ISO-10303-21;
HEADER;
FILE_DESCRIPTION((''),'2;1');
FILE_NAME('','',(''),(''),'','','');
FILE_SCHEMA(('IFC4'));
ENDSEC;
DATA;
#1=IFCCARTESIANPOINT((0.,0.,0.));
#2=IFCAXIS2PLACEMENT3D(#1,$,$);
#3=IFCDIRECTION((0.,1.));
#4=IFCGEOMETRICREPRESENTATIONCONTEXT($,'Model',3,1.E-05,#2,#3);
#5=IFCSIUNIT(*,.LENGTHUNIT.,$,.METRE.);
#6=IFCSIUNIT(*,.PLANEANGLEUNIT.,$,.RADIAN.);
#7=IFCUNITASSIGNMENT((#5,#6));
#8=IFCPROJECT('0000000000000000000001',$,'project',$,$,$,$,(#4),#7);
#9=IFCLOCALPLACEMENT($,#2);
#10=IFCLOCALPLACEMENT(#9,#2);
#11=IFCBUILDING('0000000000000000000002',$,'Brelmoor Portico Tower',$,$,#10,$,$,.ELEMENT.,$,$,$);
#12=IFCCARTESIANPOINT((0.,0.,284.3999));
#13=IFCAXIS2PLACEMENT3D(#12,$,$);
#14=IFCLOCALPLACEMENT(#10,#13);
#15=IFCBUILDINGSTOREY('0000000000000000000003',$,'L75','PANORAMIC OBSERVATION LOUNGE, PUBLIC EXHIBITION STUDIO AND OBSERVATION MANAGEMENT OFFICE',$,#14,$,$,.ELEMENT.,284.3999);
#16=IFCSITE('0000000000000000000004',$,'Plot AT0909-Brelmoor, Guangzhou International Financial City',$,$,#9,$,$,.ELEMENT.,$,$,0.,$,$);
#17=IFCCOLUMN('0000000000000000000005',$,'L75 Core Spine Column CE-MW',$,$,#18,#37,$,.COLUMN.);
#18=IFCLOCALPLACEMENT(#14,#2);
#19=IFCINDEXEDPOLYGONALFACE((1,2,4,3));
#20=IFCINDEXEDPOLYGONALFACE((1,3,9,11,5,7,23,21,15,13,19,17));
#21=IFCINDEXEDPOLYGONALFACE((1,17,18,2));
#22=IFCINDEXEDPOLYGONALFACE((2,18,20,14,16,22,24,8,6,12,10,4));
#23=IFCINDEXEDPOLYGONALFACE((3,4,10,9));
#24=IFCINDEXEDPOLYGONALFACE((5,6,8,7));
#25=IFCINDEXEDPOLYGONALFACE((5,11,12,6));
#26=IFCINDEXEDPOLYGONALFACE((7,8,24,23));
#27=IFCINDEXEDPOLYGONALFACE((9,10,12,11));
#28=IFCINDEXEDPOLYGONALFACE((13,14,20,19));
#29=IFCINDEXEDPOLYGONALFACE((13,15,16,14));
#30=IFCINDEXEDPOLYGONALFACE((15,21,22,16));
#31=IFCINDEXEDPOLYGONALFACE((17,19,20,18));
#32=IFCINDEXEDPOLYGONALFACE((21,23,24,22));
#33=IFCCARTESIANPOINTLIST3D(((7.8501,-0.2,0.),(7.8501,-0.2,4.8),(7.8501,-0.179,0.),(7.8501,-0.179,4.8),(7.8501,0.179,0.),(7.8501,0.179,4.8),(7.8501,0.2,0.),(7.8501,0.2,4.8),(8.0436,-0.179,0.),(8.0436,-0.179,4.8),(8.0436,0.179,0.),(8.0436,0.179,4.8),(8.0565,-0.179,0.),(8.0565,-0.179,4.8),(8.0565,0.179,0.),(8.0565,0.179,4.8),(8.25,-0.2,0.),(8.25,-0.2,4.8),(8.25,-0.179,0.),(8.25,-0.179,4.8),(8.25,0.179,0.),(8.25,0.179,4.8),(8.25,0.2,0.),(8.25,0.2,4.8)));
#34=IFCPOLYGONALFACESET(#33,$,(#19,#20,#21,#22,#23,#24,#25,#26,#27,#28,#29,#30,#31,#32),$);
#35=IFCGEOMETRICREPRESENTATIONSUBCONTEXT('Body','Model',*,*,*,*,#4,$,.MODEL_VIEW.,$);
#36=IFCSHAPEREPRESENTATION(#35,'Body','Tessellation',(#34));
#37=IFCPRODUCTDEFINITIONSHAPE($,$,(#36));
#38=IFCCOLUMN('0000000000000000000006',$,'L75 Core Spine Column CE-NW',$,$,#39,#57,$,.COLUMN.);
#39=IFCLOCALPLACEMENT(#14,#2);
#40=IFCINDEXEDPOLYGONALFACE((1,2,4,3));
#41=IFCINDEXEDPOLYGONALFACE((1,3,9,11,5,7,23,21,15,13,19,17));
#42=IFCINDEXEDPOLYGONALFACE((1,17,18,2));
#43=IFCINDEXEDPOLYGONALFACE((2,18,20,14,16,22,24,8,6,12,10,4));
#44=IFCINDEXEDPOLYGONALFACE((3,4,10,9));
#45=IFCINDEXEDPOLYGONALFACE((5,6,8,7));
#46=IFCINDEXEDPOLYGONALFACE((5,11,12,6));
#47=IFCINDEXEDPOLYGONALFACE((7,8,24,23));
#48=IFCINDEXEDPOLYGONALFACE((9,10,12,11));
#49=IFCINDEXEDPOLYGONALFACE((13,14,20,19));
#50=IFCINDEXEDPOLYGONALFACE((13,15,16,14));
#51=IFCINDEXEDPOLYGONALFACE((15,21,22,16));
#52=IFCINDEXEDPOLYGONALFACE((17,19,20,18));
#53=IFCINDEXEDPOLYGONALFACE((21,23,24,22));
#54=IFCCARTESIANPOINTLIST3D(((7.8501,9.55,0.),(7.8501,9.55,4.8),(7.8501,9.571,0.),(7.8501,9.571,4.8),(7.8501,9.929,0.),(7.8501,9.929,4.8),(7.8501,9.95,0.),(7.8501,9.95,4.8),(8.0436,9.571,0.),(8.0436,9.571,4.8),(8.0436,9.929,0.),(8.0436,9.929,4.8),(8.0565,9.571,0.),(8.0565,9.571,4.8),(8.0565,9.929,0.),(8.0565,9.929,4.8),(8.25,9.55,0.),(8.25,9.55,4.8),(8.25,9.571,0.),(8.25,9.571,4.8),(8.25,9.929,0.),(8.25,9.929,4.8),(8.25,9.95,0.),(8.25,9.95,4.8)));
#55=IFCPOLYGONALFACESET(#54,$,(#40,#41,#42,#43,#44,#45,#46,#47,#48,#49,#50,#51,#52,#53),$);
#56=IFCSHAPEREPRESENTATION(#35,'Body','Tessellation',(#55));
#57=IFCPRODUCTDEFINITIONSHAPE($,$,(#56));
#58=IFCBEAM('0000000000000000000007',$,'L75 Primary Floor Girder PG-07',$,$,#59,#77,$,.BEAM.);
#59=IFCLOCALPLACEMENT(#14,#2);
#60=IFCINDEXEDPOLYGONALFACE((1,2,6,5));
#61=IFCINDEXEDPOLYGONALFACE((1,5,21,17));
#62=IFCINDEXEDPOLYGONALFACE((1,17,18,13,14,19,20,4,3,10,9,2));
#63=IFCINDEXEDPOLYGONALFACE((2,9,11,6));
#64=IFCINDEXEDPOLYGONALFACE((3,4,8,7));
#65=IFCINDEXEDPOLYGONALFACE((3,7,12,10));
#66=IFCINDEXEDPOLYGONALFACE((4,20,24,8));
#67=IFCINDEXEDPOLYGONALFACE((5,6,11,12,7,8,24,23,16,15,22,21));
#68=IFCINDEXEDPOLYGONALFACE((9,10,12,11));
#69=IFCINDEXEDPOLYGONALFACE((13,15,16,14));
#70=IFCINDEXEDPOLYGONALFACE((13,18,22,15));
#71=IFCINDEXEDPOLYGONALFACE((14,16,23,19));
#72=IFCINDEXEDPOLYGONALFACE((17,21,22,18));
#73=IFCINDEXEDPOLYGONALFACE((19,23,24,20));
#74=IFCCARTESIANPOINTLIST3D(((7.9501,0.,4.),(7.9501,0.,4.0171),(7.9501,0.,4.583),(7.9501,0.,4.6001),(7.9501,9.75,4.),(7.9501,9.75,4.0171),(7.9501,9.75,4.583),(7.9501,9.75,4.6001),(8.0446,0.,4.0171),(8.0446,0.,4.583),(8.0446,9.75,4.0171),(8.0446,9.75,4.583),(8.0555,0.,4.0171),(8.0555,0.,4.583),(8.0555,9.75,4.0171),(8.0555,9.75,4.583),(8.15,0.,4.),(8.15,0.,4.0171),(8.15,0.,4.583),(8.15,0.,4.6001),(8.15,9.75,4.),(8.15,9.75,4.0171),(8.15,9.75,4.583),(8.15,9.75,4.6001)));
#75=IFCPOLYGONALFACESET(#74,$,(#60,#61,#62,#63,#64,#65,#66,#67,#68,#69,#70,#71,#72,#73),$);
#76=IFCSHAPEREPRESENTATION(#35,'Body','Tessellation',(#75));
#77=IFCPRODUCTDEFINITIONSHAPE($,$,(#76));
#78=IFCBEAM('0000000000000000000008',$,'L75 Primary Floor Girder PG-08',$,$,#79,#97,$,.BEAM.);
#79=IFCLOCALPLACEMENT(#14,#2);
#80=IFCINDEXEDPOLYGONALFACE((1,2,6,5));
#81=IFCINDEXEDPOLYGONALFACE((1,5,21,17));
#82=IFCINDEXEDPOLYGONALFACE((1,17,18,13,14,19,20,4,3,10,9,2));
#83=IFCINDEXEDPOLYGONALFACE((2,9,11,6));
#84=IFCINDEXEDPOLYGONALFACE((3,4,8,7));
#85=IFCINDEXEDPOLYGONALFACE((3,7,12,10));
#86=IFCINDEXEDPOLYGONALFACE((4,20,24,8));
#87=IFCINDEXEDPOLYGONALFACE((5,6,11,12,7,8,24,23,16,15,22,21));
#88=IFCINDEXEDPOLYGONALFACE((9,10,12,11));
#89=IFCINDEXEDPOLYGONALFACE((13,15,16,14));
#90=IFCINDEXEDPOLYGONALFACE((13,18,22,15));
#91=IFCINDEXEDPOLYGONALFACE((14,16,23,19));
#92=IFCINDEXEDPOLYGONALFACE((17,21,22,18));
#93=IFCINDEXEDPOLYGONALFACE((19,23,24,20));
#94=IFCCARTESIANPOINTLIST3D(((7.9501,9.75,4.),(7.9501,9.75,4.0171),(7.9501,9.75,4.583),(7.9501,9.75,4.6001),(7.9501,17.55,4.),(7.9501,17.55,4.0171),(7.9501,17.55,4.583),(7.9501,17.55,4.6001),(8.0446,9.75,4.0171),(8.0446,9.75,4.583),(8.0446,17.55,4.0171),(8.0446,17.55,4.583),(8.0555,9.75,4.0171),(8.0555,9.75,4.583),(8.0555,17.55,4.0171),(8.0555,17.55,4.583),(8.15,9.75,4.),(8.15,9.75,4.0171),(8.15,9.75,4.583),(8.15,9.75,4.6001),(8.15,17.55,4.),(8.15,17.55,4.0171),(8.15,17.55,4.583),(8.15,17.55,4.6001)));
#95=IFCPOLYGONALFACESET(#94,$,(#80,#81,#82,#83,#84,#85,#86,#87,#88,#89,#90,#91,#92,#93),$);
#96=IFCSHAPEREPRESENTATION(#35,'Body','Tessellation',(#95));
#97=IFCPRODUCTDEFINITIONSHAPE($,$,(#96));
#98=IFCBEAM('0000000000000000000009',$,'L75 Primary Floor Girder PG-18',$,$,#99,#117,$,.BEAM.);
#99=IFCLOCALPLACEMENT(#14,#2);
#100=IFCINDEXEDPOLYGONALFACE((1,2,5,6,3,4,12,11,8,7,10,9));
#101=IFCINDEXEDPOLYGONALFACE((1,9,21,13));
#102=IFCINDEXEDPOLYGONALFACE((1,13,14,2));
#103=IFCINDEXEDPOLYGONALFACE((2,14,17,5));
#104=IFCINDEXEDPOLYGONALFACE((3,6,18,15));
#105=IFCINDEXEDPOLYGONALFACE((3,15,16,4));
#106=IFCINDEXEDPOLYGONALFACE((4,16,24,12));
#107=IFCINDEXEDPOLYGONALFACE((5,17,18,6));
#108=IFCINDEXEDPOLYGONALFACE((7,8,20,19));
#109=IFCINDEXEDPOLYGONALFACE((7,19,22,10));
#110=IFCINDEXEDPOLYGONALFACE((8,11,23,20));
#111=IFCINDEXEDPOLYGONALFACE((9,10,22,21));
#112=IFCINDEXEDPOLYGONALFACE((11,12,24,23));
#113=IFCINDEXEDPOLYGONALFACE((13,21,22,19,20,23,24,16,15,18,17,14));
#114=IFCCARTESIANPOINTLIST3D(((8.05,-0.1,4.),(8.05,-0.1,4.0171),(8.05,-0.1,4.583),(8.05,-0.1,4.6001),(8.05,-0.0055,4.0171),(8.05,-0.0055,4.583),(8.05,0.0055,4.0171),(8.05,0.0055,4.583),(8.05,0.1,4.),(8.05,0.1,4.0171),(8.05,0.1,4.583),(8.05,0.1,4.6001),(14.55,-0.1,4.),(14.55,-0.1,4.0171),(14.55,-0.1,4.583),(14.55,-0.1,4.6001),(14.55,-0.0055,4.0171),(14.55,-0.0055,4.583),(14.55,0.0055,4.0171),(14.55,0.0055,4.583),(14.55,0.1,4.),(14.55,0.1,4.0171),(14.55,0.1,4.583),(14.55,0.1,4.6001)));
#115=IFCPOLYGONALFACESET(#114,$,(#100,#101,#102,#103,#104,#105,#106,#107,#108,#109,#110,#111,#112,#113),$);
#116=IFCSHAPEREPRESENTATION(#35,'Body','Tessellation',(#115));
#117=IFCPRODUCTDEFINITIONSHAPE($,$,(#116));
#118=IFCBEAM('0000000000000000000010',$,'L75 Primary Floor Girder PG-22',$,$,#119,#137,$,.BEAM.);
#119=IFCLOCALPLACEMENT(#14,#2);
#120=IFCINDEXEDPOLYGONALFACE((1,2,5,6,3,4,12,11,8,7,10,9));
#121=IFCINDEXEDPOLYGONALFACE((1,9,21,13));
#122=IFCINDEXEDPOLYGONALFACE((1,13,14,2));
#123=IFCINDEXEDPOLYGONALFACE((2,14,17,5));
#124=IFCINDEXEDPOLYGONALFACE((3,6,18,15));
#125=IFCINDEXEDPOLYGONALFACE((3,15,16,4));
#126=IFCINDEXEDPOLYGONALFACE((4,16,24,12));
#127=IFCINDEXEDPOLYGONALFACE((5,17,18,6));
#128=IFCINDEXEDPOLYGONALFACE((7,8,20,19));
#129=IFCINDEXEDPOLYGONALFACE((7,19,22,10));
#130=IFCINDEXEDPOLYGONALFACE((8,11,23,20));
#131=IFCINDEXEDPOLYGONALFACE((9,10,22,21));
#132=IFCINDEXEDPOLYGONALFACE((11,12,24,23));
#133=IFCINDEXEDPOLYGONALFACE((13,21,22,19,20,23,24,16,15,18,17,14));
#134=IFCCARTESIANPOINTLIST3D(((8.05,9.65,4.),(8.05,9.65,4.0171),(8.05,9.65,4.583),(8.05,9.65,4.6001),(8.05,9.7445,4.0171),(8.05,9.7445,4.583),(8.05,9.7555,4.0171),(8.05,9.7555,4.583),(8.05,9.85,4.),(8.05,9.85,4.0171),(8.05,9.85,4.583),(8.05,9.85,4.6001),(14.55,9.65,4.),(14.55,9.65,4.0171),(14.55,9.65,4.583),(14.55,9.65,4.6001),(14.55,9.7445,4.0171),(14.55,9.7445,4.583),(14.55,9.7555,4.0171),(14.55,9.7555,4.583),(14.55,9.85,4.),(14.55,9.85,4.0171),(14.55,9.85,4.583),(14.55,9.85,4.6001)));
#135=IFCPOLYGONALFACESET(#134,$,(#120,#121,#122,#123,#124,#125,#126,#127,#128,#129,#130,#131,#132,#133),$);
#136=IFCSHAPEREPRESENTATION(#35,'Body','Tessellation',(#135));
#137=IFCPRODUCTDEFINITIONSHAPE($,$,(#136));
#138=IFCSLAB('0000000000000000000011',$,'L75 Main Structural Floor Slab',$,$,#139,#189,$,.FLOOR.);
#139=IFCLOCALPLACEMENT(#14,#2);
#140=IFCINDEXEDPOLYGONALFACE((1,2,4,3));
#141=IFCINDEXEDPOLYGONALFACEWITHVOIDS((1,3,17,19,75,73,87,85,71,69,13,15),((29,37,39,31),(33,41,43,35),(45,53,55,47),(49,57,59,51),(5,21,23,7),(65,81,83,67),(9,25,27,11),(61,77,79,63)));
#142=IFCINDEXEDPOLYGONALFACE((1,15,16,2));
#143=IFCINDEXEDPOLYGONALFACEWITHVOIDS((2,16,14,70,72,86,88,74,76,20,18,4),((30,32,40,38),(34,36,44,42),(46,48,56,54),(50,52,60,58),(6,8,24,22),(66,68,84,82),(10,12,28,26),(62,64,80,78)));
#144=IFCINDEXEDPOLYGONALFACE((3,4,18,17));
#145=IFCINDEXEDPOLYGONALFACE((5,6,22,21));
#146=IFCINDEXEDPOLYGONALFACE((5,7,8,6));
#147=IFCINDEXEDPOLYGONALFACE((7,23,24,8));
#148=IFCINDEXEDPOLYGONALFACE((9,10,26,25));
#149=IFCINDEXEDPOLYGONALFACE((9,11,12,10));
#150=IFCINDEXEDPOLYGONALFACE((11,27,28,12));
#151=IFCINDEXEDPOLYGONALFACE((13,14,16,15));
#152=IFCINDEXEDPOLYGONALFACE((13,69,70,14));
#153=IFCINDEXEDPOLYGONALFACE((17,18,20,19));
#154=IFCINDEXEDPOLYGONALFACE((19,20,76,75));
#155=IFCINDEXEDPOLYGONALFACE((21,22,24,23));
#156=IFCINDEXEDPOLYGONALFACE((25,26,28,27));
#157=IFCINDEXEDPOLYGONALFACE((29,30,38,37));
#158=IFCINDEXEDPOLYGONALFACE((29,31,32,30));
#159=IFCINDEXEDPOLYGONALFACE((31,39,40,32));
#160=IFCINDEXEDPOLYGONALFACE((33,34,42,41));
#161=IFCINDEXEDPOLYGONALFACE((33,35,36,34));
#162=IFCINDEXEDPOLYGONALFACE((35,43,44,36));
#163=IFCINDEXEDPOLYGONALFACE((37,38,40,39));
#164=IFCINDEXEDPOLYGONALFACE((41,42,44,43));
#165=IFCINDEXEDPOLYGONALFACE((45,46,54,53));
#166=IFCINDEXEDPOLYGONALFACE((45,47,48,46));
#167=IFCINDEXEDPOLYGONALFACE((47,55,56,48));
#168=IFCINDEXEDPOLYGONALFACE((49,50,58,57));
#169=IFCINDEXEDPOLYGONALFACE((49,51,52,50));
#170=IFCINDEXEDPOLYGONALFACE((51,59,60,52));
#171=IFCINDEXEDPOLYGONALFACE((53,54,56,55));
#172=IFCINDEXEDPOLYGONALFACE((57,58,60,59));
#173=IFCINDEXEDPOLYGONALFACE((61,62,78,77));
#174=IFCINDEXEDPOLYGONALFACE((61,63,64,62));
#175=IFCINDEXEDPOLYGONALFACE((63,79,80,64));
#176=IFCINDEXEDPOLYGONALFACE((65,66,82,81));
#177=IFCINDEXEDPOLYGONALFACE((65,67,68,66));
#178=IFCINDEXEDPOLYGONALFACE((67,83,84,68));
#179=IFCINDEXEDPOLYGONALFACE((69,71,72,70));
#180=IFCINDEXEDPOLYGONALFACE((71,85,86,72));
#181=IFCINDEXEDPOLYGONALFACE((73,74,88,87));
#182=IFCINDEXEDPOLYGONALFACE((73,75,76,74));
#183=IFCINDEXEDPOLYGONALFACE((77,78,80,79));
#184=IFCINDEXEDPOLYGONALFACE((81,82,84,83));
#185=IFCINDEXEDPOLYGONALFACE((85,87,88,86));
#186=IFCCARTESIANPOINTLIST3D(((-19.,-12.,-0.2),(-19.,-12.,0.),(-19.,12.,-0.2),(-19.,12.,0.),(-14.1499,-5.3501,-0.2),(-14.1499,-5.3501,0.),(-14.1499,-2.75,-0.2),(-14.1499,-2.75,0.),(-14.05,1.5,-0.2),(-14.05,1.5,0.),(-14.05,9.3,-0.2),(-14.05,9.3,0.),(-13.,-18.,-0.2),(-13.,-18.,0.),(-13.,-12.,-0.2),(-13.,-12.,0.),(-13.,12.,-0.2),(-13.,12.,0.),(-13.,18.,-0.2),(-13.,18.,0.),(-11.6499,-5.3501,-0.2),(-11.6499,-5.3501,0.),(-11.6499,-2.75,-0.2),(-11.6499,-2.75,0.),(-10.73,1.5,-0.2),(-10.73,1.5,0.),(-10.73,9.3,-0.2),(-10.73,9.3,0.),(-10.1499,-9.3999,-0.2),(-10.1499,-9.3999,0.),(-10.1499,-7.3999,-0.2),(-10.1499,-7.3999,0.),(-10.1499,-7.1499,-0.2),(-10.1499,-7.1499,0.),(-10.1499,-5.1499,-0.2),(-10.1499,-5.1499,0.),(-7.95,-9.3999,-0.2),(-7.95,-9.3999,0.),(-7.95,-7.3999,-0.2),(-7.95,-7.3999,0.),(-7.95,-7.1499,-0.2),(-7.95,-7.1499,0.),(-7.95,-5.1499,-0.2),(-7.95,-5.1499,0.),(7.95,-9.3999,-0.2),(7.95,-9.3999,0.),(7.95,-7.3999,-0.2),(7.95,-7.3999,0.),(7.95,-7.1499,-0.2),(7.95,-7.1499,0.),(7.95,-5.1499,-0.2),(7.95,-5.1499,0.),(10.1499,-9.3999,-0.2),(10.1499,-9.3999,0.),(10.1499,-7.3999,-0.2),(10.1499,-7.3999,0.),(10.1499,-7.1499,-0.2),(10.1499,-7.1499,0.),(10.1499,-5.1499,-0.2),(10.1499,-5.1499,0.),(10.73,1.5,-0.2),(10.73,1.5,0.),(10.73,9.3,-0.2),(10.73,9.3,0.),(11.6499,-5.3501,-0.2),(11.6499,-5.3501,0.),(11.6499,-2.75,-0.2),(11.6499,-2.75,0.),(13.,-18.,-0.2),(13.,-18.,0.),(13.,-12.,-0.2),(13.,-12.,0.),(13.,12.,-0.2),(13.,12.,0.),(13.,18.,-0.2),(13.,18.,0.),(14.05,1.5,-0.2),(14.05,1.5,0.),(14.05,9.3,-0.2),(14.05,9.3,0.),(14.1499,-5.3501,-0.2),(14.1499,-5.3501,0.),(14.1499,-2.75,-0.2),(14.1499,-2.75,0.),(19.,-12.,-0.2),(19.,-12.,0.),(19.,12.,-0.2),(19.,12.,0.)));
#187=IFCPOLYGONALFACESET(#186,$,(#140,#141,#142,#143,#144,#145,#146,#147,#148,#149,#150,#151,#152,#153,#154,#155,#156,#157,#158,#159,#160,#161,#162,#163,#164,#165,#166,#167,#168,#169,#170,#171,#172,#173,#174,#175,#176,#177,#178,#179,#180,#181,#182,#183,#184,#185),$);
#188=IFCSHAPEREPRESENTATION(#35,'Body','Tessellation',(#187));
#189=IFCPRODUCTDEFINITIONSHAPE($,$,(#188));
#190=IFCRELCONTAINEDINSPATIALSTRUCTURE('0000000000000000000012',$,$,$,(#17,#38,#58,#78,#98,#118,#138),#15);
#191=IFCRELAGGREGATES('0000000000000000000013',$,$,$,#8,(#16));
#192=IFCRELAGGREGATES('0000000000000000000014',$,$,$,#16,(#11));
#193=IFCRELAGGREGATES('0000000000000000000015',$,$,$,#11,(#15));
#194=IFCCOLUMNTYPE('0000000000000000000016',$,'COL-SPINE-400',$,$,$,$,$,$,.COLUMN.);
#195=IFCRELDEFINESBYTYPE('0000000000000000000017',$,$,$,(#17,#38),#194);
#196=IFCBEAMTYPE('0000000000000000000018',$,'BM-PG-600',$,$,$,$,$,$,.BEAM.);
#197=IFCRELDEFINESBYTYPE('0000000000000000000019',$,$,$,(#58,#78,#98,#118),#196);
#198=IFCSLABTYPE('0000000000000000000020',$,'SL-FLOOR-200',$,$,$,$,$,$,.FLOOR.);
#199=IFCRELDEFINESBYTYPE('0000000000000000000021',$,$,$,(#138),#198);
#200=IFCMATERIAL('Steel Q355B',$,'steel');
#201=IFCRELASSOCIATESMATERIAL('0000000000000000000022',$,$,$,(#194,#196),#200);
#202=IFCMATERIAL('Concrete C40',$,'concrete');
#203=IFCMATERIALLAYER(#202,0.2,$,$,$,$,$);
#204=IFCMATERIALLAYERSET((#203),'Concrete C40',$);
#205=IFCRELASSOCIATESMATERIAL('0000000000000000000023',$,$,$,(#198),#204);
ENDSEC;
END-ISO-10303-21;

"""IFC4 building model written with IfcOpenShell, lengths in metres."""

from ifc_helpers import new_model, si_unit, direction, frame, origin, origin_2d, place, context, subcontext, project, spatial, polyline, i_section, outline, extrude, material, layer, layer_set, material_profile, profile_set, type_object, element, save


model = new_model("IFC4")

# Units and contexts
model_context = context("Model", 3, precision=1e-05, world=origin(), true_north=direction((0.0, 1.0)))
body_context = subcontext(model_context, "Body", "Model", "MODEL_VIEW")
ifc_project = project(units=[si_unit("LENGTHUNIT", "METRE"), si_unit("PLANEANGLEUNIT", "RADIAN")], contexts=[model_context])

# Site, building, storey
site_placement = place(None, origin())
site = spatial("IfcSite", under=ifc_project, at=site_placement, Name="Plot AT0909-Brelmoor, Guangzhou International Financial City", CompositionType="ELEMENT", RefElevation=0.0)
building_placement = place(site_placement, origin())
building = spatial("IfcBuilding", under=site, at=building_placement, Name="Brelmoor Portico Tower", CompositionType="ELEMENT")
storey_placement = place(building_placement, frame((0.0, 0.0, 284.3999)))
storey = spatial("IfcBuildingStorey", under=building, at=storey_placement, Name="L75", Description="PANORAMIC OBSERVATION LOUNGE, PUBLIC EXHIBITION STUDIO AND OBSERVATION MANAGEMENT OFFICE", CompositionType="ELEMENT", Elevation=284.3999)

# Columns
ifc_material_1 = material(Name="Steel Q355B", Category="steel")
ifc_material_profile_1 = material_profile(ifc_material_1, i_section(OverallWidth=0.3999, OverallDepth=0.3999, WebThickness=0.0129, FlangeThickness=0.021, at=origin_2d()), Name="HW 400x400x13x21")
ifc_profile_set_1 = profile_set([ifc_material_profile_1], Name="Steel Q355B")
column_type = type_object("IfcColumnType", Name="COL-SPINE-400", PredefinedType="COLUMN", material=ifc_profile_set_1)
for number, where, z_axis, x_axis, name in (
    (1, (8.05, 0.0, 0.0), (0.0, 0.0, 1.0), (1.0, 0.0, 0.0), "L75 Core Spine Column CE-MW"),
    (2, (8.05, 9.75, 0.0), (0.0, 0.0, 1.0), (1.0, 0.0, 0.0), "L75 Core Spine Column CE-NW"),
):
    element("IfcColumn", number, at=place(storey_placement, frame(where, z_axis=z_axis, x_axis=x_axis)), inside=storey, type_object=column_type, Name=name, PredefinedType="COLUMN", context=body_context, shape_type="SweptSolid", body=[
        extrude(i_section(OverallWidth=0.3999, OverallDepth=0.3999, WebThickness=0.0129, FlangeThickness=0.021, at=origin_2d()), origin(), (0.0, 0.0, 1.0), 4.8),
    ])

# Beams
ifc_material_profile_2 = material_profile(ifc_material_1, i_section(OverallWidth=0.2, OverallDepth=0.6001, WebThickness=0.011, FlangeThickness=0.0171, at=origin_2d()), Name="HN 600x200x11x17")
ifc_profile_set_2 = profile_set([ifc_material_profile_2], Name="Steel Q355B")
beam_type = type_object("IfcBeamType", Name="BM-PG-600", PredefinedType="BEAM", material=ifc_profile_set_2)
beam_1_placement = place(storey_placement, frame((8.05, 0.0, 4.3), z_axis=(0.0, 1.0, 0.0), x_axis=(-1.0, 0.0, 0.0)))
element("IfcBeam", 3, at=beam_1_placement, inside=storey, type_object=beam_type, Name="L75 Primary Floor Girder PG-07", PredefinedType="BEAM", context=body_context, shape_type="SweptSolid", body=[
    extrude(i_section(OverallWidth=0.2, OverallDepth=0.6001, WebThickness=0.011, FlangeThickness=0.0171, at=origin_2d()), origin(), (0.0, 0.0, 1.0), 9.75),
])
beam_2_placement = place(storey_placement, frame((8.05, 9.75, 4.3), z_axis=(0.0, 1.0, 0.0), x_axis=(-1.0, 0.0, 0.0)))
element("IfcBeam", 4, at=beam_2_placement, inside=storey, type_object=beam_type, Name="L75 Primary Floor Girder PG-08", PredefinedType="BEAM", context=body_context, shape_type="SweptSolid", body=[
    extrude(i_section(OverallWidth=0.2, OverallDepth=0.6001, WebThickness=0.011, FlangeThickness=0.0171, at=origin_2d()), origin(), (0.0, 0.0, 1.0), 7.8),
])
for number, where, z_axis, x_axis, name in (
    (5, (8.05, 0.0, 4.3), (1.0, 0.0, 0.0), (0.0, 1.0, 0.0), "L75 Primary Floor Girder PG-18"),
    (6, (8.05, 9.75, 4.3), (1.0, 0.0, 0.0), (0.0, 1.0, 0.0), "L75 Primary Floor Girder PG-22"),
):
    element("IfcBeam", number, at=place(storey_placement, frame(where, z_axis=z_axis, x_axis=x_axis)), inside=storey, type_object=beam_type, Name=name, PredefinedType="BEAM", context=body_context, shape_type="SweptSolid", body=[
        extrude(i_section(OverallWidth=0.2, OverallDepth=0.6001, WebThickness=0.011, FlangeThickness=0.0171, at=origin_2d()), origin(), (0.0, 0.0, 1.0), 6.5),
    ])

# Slab
ifc_material_2 = material(Name="Concrete C40", Category="concrete")
ifc_layer_1 = layer(ifc_material_2, 0.2)
ifc_layer_set_1 = layer_set([ifc_layer_1], Name="Concrete C40")
slab_type_1 = type_object("IfcSlabType", Name="SL-FLOOR-200", PredefinedType="FLOOR", material=ifc_layer_set_1)
slab_1_placement = place(storey_placement, frame((0.0, 0.0, -0.2)))
element("IfcSlab", 7, at=slab_1_placement, inside=storey, type_object=slab_type_1, Name="L75 Main Structural Floor Slab", PredefinedType="FLOOR", context=body_context, shape_type="SweptSolid", body=[
    extrude(outline(polyline([(-13.0, -18.0), (13.0, -18.0), (13.0, -12.0), (19.0, -12.0), (19.0, 12.0), (13.0, 12.0), (13.0, 18.0), (-13.0, 18.0), (-13.0, 12.0), (-19.0, 12.0), (-19.0, -12.0), (-13.0, -12.0), (-13.0, -18.0)]), holes=[polyline([(-10.73, 1.5), (-10.73, 9.3), (-14.05, 9.3), (-14.05, 1.5), (-10.73, 1.5)]), polyline([(14.05, 1.5), (14.05, 9.3), (10.73, 9.3), (10.73, 1.5), (14.05, 1.5)]), polyline([(-10.1499, -9.3999), (-7.95, -9.3999), (-7.95, -7.3999), (-10.1499, -7.3999), (-10.1499, -9.3999)]), polyline([(-10.1499, -7.1499), (-7.95, -7.1499), (-7.95, -5.1499), (-10.1499, -5.1499), (-10.1499, -7.1499)]), polyline([(7.95, -9.3999), (10.1499, -9.3999), (10.1499, -7.3999), (7.95, -7.3999), (7.95, -9.3999)]), polyline([(7.95, -7.1499), (10.1499, -7.1499), (10.1499, -5.1499), (7.95, -5.1499), (7.95, -7.1499)]), polyline([(-14.1499, -5.3501), (-11.6499, -5.3501), (-11.6499, -2.75), (-14.1499, -2.75), (-14.1499, -5.3501)]), polyline([(11.6499, -5.3501), (14.1499, -5.3501), (14.1499, -2.75), (11.6499, -2.75), (11.6499, -5.3501)])]), origin(), (0.0, 0.0, 1.0), 0.2),
])

save(model, "model.ifc")
